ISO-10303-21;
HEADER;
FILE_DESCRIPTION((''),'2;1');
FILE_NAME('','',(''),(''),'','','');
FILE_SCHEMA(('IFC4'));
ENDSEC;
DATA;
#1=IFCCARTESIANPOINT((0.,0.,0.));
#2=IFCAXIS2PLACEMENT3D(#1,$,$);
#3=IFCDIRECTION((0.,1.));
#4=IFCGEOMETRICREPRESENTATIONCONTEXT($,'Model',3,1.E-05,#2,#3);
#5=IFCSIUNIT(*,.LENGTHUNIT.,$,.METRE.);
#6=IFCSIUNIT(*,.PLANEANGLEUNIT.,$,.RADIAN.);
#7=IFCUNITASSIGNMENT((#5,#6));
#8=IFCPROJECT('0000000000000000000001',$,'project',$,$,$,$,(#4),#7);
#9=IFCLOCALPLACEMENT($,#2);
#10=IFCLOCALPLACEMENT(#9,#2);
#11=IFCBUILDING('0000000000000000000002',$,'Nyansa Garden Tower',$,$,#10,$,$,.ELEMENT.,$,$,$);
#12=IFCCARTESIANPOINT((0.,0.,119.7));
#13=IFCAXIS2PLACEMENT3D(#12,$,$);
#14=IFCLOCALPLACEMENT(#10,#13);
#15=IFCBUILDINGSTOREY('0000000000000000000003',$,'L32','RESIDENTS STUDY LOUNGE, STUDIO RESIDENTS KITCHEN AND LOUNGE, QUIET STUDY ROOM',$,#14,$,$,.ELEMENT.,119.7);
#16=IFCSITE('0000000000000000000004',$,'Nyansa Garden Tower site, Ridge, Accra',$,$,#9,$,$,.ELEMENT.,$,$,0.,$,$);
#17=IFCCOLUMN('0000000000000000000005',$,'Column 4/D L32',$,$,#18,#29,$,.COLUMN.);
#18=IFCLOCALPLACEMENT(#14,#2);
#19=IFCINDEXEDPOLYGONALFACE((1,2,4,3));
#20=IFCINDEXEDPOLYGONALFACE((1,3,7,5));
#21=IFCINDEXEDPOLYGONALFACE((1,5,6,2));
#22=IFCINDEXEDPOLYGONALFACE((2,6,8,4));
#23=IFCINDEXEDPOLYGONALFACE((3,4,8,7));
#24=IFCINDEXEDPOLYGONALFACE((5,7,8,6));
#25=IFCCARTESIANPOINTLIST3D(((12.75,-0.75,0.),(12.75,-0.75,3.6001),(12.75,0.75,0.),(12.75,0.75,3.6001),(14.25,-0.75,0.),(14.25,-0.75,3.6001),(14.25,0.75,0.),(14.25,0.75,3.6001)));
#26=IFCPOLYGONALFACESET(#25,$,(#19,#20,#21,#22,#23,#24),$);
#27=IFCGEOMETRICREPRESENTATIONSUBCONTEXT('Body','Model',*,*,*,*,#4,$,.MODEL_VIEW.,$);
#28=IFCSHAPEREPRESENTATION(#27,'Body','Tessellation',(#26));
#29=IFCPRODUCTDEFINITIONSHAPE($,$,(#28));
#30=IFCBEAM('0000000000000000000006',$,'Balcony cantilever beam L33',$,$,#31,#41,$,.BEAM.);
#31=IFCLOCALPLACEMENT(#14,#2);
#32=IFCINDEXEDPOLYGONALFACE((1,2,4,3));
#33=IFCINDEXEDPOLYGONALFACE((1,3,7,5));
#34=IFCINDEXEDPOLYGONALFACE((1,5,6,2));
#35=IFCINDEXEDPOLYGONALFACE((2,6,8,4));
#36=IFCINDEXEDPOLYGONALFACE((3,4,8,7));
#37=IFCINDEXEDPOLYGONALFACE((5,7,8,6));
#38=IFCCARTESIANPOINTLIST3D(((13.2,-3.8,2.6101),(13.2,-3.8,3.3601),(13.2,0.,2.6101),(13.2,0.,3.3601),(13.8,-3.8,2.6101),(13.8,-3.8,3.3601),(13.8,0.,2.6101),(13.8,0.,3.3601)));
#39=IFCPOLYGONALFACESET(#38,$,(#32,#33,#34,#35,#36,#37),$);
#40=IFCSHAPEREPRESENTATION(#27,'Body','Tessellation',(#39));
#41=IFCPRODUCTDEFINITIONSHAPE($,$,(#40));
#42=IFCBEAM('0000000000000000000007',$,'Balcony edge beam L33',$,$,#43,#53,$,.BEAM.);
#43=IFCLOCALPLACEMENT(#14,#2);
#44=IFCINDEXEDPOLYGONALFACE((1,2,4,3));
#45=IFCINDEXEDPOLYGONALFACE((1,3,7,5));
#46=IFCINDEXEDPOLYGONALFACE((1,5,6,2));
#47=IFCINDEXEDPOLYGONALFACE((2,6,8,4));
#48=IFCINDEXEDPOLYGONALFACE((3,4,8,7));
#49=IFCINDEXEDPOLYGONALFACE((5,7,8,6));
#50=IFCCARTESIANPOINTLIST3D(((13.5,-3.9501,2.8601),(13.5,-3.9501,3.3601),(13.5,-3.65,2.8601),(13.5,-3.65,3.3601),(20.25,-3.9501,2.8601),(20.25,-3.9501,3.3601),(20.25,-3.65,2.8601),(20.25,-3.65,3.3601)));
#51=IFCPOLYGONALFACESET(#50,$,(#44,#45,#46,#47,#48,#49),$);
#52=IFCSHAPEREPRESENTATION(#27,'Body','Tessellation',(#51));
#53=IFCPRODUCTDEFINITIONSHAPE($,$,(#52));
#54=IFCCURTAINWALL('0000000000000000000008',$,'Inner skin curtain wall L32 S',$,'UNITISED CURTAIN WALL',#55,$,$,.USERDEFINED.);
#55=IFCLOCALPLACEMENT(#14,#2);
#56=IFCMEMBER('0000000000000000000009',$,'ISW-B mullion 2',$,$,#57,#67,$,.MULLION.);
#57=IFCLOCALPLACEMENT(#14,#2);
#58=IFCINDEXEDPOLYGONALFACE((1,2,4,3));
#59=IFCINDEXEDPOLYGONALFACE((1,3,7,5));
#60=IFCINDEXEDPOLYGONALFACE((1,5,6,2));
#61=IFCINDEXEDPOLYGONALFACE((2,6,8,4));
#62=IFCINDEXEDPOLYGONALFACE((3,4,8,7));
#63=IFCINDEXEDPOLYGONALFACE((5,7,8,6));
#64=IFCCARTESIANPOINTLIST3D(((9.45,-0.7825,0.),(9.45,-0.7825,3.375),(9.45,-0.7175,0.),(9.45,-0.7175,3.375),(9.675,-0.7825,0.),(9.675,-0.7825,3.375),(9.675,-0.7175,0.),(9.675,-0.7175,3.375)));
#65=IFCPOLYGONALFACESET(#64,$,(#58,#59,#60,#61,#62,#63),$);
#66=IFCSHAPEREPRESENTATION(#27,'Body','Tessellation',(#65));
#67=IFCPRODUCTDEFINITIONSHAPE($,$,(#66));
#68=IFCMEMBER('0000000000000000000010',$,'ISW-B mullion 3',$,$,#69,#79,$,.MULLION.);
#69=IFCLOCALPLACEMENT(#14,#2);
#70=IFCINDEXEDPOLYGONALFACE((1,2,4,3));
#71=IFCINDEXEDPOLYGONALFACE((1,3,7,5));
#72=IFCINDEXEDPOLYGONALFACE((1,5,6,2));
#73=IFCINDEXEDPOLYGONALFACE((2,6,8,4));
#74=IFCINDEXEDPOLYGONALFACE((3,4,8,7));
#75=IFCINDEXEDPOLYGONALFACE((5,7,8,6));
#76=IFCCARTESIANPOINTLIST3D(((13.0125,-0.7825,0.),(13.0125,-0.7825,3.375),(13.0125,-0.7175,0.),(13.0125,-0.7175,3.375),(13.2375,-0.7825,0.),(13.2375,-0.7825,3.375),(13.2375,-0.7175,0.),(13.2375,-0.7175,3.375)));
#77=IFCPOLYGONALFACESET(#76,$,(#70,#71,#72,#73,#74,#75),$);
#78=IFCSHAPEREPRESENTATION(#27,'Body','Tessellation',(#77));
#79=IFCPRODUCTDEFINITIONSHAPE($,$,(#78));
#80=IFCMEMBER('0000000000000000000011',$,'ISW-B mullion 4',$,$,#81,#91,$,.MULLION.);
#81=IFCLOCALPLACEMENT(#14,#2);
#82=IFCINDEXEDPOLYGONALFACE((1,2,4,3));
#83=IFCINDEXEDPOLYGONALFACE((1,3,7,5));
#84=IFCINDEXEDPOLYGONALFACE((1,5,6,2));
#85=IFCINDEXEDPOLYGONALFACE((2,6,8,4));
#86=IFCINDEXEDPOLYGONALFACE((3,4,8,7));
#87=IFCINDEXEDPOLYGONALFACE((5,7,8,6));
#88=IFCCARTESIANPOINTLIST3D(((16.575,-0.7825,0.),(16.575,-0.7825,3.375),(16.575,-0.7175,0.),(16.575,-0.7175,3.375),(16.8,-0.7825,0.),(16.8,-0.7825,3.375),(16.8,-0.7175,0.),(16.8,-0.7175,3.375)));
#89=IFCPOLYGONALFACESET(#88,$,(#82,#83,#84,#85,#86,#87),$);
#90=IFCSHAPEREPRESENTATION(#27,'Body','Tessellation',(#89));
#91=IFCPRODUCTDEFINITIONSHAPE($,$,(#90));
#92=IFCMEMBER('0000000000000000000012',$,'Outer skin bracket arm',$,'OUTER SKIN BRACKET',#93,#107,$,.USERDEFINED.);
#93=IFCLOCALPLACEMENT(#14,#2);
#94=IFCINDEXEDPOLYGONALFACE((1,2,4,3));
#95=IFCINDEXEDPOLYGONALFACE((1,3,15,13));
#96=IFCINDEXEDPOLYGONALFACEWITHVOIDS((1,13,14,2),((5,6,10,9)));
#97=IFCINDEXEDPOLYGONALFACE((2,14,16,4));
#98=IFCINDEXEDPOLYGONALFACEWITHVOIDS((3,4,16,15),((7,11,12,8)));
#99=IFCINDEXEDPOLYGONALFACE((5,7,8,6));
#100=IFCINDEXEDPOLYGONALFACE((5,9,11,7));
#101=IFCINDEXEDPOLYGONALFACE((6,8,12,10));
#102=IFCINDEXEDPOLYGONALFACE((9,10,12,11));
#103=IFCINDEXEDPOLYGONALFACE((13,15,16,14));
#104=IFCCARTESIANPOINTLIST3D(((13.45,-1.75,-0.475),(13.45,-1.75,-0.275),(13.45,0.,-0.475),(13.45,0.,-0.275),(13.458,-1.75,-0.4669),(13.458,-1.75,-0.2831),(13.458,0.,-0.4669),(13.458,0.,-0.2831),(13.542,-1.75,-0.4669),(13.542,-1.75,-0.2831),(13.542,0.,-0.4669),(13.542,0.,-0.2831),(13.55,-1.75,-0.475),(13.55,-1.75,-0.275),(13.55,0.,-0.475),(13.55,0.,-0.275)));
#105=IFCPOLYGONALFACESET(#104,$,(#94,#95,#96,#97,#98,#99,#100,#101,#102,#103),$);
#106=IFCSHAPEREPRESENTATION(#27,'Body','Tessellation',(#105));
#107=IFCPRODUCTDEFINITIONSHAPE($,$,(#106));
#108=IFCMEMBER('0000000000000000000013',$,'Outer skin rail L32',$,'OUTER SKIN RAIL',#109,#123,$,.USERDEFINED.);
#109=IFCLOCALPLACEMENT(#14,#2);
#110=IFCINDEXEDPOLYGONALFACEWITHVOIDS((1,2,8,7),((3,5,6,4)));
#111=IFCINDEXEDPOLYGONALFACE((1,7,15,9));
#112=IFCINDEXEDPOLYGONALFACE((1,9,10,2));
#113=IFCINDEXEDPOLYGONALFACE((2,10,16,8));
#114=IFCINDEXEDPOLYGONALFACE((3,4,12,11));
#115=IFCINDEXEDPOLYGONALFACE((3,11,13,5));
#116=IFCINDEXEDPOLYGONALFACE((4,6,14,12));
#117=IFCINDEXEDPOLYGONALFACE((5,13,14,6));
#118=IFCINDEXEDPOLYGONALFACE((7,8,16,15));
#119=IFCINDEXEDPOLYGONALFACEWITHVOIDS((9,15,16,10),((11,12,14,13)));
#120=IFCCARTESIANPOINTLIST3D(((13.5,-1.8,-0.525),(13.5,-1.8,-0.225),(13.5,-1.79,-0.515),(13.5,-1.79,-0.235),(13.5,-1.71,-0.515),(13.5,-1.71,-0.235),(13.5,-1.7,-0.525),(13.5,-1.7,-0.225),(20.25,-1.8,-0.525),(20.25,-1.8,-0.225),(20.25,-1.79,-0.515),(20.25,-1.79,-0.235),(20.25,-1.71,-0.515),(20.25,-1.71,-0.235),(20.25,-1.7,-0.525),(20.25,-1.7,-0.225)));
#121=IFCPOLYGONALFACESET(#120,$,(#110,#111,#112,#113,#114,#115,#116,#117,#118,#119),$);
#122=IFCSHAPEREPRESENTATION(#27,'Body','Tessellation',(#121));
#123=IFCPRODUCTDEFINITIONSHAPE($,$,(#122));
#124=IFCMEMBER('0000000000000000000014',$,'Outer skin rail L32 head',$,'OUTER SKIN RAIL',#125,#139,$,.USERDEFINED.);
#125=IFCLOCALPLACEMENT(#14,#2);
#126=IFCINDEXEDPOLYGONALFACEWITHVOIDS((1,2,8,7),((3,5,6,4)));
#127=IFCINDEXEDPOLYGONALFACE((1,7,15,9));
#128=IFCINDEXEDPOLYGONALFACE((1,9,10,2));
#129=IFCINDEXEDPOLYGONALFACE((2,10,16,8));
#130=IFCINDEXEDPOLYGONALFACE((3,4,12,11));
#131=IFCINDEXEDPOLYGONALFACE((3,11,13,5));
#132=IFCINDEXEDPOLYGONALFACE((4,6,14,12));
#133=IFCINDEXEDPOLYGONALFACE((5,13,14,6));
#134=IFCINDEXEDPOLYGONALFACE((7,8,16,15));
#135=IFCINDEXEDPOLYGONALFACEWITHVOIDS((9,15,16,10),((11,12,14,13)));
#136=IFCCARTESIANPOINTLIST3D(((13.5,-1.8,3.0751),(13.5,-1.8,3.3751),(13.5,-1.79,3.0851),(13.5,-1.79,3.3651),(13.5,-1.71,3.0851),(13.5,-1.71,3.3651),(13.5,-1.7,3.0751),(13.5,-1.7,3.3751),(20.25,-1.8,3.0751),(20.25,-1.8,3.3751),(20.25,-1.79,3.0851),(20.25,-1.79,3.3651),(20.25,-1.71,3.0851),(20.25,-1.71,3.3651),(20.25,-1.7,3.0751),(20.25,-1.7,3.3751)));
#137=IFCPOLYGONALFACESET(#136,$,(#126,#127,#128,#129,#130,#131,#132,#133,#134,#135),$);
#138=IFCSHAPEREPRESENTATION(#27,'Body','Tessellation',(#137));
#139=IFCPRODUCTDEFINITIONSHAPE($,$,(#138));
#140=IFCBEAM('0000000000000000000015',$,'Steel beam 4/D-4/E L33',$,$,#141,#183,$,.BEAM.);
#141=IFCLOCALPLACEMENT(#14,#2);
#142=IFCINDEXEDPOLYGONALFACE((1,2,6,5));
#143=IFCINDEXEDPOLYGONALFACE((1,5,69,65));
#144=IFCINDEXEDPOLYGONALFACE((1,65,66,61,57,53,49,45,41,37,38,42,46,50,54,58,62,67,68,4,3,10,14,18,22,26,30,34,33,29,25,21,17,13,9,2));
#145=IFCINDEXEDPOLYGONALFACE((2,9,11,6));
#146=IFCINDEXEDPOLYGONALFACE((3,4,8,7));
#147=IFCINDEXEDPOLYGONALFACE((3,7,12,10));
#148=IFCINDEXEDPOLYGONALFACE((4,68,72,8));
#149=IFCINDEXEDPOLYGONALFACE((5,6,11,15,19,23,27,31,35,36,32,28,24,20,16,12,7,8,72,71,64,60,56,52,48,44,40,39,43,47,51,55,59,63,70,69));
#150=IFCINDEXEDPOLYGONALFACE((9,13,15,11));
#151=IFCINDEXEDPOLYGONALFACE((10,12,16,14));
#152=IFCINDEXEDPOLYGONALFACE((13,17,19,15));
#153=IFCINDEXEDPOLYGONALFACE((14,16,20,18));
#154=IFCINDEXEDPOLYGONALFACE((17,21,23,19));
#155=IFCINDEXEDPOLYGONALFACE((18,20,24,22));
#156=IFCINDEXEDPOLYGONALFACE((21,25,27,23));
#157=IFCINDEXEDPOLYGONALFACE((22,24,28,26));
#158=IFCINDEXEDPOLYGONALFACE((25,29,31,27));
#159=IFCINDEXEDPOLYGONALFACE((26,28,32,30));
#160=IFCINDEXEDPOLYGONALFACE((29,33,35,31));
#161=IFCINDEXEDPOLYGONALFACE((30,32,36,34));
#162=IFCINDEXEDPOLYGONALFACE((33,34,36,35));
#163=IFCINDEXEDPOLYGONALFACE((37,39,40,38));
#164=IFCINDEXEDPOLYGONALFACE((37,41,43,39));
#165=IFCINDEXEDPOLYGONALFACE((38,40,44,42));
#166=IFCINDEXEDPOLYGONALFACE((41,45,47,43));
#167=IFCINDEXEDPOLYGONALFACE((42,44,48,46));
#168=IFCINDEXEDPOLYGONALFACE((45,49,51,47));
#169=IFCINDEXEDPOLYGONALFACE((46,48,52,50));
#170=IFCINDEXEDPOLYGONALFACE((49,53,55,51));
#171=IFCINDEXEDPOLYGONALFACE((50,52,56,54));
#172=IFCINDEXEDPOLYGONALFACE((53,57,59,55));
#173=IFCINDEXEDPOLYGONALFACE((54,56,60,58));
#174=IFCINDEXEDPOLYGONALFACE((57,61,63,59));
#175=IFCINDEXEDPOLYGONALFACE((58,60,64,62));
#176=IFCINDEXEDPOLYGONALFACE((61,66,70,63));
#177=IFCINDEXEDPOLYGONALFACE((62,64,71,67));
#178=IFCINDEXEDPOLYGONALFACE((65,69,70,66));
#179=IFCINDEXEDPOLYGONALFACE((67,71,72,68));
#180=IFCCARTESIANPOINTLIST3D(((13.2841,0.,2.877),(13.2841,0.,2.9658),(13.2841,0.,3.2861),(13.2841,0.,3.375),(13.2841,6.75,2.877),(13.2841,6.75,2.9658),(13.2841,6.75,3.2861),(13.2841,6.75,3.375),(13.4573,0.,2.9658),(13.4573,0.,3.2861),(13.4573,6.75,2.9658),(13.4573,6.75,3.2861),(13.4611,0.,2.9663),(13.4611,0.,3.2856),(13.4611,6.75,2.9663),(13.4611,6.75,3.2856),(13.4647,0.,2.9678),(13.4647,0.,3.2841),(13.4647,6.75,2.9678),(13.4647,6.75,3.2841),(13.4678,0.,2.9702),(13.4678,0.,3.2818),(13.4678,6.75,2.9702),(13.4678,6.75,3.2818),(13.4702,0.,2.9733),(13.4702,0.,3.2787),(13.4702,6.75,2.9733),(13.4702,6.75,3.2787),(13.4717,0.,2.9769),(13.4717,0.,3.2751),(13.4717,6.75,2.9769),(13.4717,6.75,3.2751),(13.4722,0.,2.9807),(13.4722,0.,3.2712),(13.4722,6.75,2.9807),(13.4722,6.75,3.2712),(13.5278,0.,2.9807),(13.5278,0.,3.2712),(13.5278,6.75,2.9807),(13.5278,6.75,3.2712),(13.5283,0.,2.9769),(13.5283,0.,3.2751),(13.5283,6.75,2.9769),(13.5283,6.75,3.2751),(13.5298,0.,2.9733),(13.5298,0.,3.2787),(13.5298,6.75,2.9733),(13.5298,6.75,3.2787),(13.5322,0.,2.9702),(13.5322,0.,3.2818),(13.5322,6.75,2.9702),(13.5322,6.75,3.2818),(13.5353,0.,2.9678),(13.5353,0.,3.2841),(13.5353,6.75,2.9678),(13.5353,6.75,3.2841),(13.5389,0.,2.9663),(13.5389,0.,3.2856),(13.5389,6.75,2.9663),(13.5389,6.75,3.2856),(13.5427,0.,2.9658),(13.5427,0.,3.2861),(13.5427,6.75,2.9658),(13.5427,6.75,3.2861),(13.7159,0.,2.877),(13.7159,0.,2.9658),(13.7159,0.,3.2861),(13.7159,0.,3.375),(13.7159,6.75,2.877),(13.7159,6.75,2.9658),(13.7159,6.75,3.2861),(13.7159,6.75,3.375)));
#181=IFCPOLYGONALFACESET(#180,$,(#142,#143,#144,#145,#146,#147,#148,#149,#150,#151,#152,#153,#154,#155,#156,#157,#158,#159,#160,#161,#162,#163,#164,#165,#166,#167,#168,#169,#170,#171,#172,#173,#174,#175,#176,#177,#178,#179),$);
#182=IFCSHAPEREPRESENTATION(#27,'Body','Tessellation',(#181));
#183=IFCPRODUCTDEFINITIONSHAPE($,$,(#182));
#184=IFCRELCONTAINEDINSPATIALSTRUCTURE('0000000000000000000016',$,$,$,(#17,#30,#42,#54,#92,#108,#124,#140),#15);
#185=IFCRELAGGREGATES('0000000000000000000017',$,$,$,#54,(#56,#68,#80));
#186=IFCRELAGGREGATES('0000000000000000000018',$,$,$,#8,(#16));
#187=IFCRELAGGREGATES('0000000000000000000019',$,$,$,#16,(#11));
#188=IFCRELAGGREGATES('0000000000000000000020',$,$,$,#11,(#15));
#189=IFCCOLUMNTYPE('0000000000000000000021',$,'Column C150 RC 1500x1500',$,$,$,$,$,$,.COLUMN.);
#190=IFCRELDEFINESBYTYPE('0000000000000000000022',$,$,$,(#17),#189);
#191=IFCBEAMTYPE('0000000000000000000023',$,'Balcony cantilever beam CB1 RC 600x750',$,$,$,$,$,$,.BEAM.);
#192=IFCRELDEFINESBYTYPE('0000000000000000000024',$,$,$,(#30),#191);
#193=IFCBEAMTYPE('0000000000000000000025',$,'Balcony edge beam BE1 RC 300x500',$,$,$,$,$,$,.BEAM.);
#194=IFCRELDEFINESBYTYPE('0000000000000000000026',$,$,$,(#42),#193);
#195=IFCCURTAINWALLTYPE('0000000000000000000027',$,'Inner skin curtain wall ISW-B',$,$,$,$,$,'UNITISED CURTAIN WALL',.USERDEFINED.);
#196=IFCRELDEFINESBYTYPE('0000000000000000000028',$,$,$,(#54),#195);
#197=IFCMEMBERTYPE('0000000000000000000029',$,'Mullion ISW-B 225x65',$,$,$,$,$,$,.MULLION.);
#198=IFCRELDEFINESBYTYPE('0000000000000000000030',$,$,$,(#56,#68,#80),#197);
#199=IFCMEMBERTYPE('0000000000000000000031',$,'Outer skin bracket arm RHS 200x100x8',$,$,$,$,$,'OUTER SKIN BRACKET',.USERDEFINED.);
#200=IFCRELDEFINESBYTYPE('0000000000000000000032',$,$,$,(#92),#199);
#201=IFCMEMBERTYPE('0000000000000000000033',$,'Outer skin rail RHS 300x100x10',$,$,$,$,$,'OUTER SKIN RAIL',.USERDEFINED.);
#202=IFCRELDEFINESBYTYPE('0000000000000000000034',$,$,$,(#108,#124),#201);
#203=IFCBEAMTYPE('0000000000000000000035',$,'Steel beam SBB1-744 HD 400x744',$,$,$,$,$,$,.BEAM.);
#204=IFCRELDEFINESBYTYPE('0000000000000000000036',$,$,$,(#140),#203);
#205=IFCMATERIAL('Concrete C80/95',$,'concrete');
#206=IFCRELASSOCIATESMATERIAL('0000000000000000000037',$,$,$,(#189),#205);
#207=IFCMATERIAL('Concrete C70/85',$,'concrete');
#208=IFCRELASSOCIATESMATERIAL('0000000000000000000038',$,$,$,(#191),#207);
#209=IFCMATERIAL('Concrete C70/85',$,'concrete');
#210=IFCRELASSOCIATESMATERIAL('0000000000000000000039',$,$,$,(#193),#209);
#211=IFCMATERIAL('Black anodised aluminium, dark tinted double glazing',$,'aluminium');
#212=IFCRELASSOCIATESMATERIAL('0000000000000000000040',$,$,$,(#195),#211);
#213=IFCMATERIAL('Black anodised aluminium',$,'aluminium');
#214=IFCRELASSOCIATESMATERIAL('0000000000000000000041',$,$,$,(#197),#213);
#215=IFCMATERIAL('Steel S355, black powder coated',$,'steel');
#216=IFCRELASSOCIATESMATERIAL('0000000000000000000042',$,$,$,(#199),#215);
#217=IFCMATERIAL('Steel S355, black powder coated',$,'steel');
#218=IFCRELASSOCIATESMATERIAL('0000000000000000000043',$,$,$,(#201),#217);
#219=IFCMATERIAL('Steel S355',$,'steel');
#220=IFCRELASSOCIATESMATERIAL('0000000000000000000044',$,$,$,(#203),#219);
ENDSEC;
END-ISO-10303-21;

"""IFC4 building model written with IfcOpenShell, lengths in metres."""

from ifc_helpers import new_model, si_unit, direction, frame, origin, origin_2d, place, context, subcontext, project, spatial, rectangle, hollow_rectangle, i_section, extrude, material, material_profile, profile_set, type_object, element, aggregate, save


model = new_model("IFC4")

# Units and contexts
model_context = context("Model", 3, precision=1e-05, world=origin(), true_north=direction((0.0, 1.0)))
body_context = subcontext(model_context, "Body", "Model", "MODEL_VIEW")
ifc_project = project(units=[si_unit("LENGTHUNIT", "METRE"), si_unit("PLANEANGLEUNIT", "RADIAN")], contexts=[model_context])

# Site, building, storey
site_placement = place(None, origin())
site = spatial("IfcSite", under=ifc_project, at=site_placement, Name="Nyansa Garden Tower site, Ridge, Accra", CompositionType="ELEMENT", RefElevation=0.0)
building_placement = place(site_placement, origin())
building = spatial("IfcBuilding", under=site, at=building_placement, Name="Nyansa Garden Tower", CompositionType="ELEMENT")
storey_placement = place(building_placement, frame((0.0, 0.0, 119.7)))
storey = spatial("IfcBuildingStorey", under=building, at=storey_placement, Name="L32", Description="RESIDENTS STUDY LOUNGE, STUDIO RESIDENTS KITCHEN AND LOUNGE, QUIET STUDY ROOM", CompositionType="ELEMENT", Elevation=119.7)

# Column
ifc_material_1 = material(Name="Concrete C80/95", Category="concrete")
ifc_material_profile_1 = material_profile(ifc_material_1, rectangle(XDim=1.5, YDim=1.5, at=origin_2d()), Name="RC 1500x1500")
ifc_profile_set_1 = profile_set([ifc_material_profile_1], Name="Concrete C80/95")
column_type = type_object("IfcColumnType", Name="Column C150 RC 1500x1500", PredefinedType="COLUMN", material=ifc_profile_set_1)
column_placement = place(storey_placement, frame((13.5, 0.0, 0.0), z_axis=(0.0, 0.0, 1.0), x_axis=(1.0, 0.0, 0.0)))
element("IfcColumn", 1, at=column_placement, inside=storey, type_object=column_type, Name="Column 4/D L32", PredefinedType="COLUMN", context=body_context, shape_type="SweptSolid", body=[
    extrude(rectangle(XDim=1.5, YDim=1.5, at=origin_2d()), origin(), (0.0, 0.0, 1.0), 3.6001),
])

# Beams
ifc_material_2 = material(Name="Concrete C70/85", Category="concrete")
ifc_material_profile_2 = material_profile(ifc_material_2, rectangle(XDim=0.6001, YDim=0.75, at=origin_2d()), Name="RC 600x750")
ifc_profile_set_2 = profile_set([ifc_material_profile_2], Name="Concrete C70/85")
beam_type_1 = type_object("IfcBeamType", Name="Balcony cantilever beam CB1 RC 600x750", PredefinedType="BEAM", material=ifc_profile_set_2)
beam_1_placement = place(storey_placement, frame((13.5, 0.0, 2.9851), z_axis=(0.0, -1.0, 0.0), x_axis=(1.0, 0.0, 0.0)))
element("IfcBeam", 2, at=beam_1_placement, inside=storey, type_object=beam_type_1, Name="Balcony cantilever beam L33", PredefinedType="BEAM", context=body_context, shape_type="SweptSolid", body=[
    extrude(rectangle(XDim=0.6001, YDim=0.75, at=origin_2d()), origin(), (0.0, 0.0, 1.0), 3.8),
])
ifc_material_3 = material(Name="Concrete C70/85", Category="concrete")
ifc_material_profile_3 = material_profile(ifc_material_3, rectangle(XDim=0.3, YDim=0.5, at=origin_2d()), Name="RC 300x500")
ifc_profile_set_3 = profile_set([ifc_material_profile_3], Name="Concrete C70/85")
beam_type_2 = type_object("IfcBeamType", Name="Balcony edge beam BE1 RC 300x500", PredefinedType="BEAM", material=ifc_profile_set_3)
beam_2_placement = place(storey_placement, frame((13.5, -3.8, 3.1101), z_axis=(1.0, 0.0, 0.0), x_axis=(0.0, 1.0, 0.0)))
element("IfcBeam", 3, at=beam_2_placement, inside=storey, type_object=beam_type_2, Name="Balcony edge beam L33", PredefinedType="BEAM", context=body_context, shape_type="SweptSolid", body=[
    extrude(rectangle(XDim=0.3, YDim=0.5, at=origin_2d()), origin(), (0.0, 0.0, 1.0), 6.75),
])

# Curtain wall, members
ifc_material_4 = material(Name="Black anodised aluminium, dark tinted double glazing", Category="aluminium")
curtain_wall_type = type_object("IfcCurtainWallType", Name="Inner skin curtain wall ISW-B", ElementType="UNITISED CURTAIN WALL", PredefinedType="USERDEFINED", material=ifc_material_4)
curtain_wall_placement = place(storey_placement, origin())
curtain_wall = element("IfcCurtainWall", 4, at=curtain_wall_placement, inside=storey, type_object=curtain_wall_type, Name="Inner skin curtain wall L32 S", ObjectType="UNITISED CURTAIN WALL", PredefinedType="USERDEFINED")
ifc_material_5 = material(Name="Black anodised aluminium", Category="aluminium")
ifc_material_profile_4 = material_profile(ifc_material_5, rectangle(XDim=0.0649, YDim=0.2251, at=origin_2d()), Name="Mullion 225x65")
ifc_profile_set_4 = profile_set([ifc_material_profile_4], Name="Black anodised aluminium")
member_type_1 = type_object("IfcMemberType", Name="Mullion ISW-B 225x65", PredefinedType="MULLION", material=ifc_profile_set_4)
member_1_placement = place(storey_placement, frame((9.5625, -0.75, 0.0), z_axis=(0.0, 0.0, 1.0), x_axis=(0.0, 1.0, 0.0)))
member_1 = element("IfcMember", 5, at=member_1_placement, type_object=member_type_1, Name="ISW-B mullion 2", PredefinedType="MULLION", context=body_context, shape_type="SweptSolid", body=[
    extrude(rectangle(XDim=0.0649, YDim=0.2251, at=origin_2d()), origin(), (0.0, 0.0, 1.0), 3.375),
])
member_2_placement = place(storey_placement, frame((13.125, -0.75, 0.0), z_axis=(0.0, 0.0, 1.0), x_axis=(0.0, 1.0, 0.0)))
member_2 = element("IfcMember", 6, at=member_2_placement, type_object=member_type_1, Name="ISW-B mullion 3", PredefinedType="MULLION", context=body_context, shape_type="SweptSolid", body=[
    extrude(rectangle(XDim=0.0649, YDim=0.2251, at=origin_2d()), origin(), (0.0, 0.0, 1.0), 3.375),
])
member_3_placement = place(storey_placement, frame((16.6875, -0.75, 0.0), z_axis=(0.0, 0.0, 1.0), x_axis=(0.0, 1.0, 0.0)))
member_3 = element("IfcMember", 7, at=member_3_placement, type_object=member_type_1, Name="ISW-B mullion 4", PredefinedType="MULLION", context=body_context, shape_type="SweptSolid", body=[
    extrude(rectangle(XDim=0.0649, YDim=0.2251, at=origin_2d()), origin(), (0.0, 0.0, 1.0), 3.375),
])

# Members
ifc_material_6 = material(Name="Steel S355, black powder coated", Category="steel")
ifc_material_profile_5 = material_profile(ifc_material_6, hollow_rectangle(XDim=0.1001, YDim=0.2, WallThickness=0.0081, at=origin_2d()), Name="RHS 200x100x8")
ifc_profile_set_5 = profile_set([ifc_material_profile_5], Name="Steel S355, black powder coated")
member_type_2 = type_object("IfcMemberType", Name="Outer skin bracket arm RHS 200x100x8", ElementType="OUTER SKIN BRACKET", PredefinedType="USERDEFINED", material=ifc_profile_set_5)
member_4_placement = place(storey_placement, frame((13.5, 0.0, -0.375), z_axis=(0.0, -1.0, 0.0), x_axis=(1.0, 0.0, 0.0)))
element("IfcMember", 8, at=member_4_placement, inside=storey, type_object=member_type_2, Name="Outer skin bracket arm", ObjectType="OUTER SKIN BRACKET", PredefinedType="USERDEFINED", context=body_context, shape_type="SweptSolid", body=[
    extrude(hollow_rectangle(XDim=0.1001, YDim=0.2, WallThickness=0.0081, at=origin_2d()), origin(), (0.0, 0.0, 1.0), 1.75),
])
ifc_material_7 = material(Name="Steel S355, black powder coated", Category="steel")
ifc_material_profile_6 = material_profile(ifc_material_7, hollow_rectangle(XDim=0.1001, YDim=0.3, WallThickness=0.01, at=origin_2d()), Name="RHS 300x100x10")
ifc_profile_set_6 = profile_set([ifc_material_profile_6], Name="Steel S355, black powder coated")
member_type_3 = type_object("IfcMemberType", Name="Outer skin rail RHS 300x100x10", ElementType="OUTER SKIN RAIL", PredefinedType="USERDEFINED", material=ifc_profile_set_6)
for number, where, z_axis, x_axis, name in (
    (9, (13.5, -1.75, -0.375), (1.0, 0.0, 0.0), (0.0, 1.0, 0.0), "Outer skin rail L32"),
    (10, (13.5, -1.75, 3.2251), (1.0, 0.0, 0.0), (0.0, 1.0, 0.0), "Outer skin rail L32 head"),
):
    element("IfcMember", number, at=place(storey_placement, frame(where, z_axis=z_axis, x_axis=x_axis)), inside=storey, type_object=member_type_3, Name=name, ObjectType="OUTER SKIN RAIL", PredefinedType="USERDEFINED", context=body_context, shape_type="SweptSolid", body=[
        extrude(hollow_rectangle(XDim=0.1001, YDim=0.3, WallThickness=0.01, at=origin_2d()), origin(), (0.0, 0.0, 1.0), 6.75),
    ])

# Beam
ifc_material_8 = material(Name="Steel S355", Category="steel")
ifc_material_profile_7 = material_profile(ifc_material_8, i_section(OverallWidth=0.4319, OverallDepth=0.498, WebThickness=0.0557, FlangeThickness=0.0889, FilletRadius=0.0149, at=origin_2d()), Name="HD 400x744")
ifc_profile_set_7 = profile_set([ifc_material_profile_7], Name="Steel S355")
beam_type_3 = type_object("IfcBeamType", Name="Steel beam SBB1-744 HD 400x744", PredefinedType="BEAM", material=ifc_profile_set_7)
beam_3_placement = place(storey_placement, frame((13.5, 0.0, 3.126), z_axis=(0.0, 1.0, 0.0), x_axis=(-1.0, 0.0, 0.0)))
element("IfcBeam", 11, at=beam_3_placement, inside=storey, type_object=beam_type_3, Name="Steel beam 4/D-4/E L33", PredefinedType="BEAM", context=body_context, shape_type="SweptSolid", body=[
    extrude(i_section(OverallWidth=0.4319, OverallDepth=0.498, WebThickness=0.0557, FlangeThickness=0.0889, FilletRadius=0.0149, at=origin_2d()), origin(), (0.0, 0.0, 1.0), 6.75),
])

aggregate(curtain_wall, [member_1, member_2, member_3])

save(model, "model.ifc")
